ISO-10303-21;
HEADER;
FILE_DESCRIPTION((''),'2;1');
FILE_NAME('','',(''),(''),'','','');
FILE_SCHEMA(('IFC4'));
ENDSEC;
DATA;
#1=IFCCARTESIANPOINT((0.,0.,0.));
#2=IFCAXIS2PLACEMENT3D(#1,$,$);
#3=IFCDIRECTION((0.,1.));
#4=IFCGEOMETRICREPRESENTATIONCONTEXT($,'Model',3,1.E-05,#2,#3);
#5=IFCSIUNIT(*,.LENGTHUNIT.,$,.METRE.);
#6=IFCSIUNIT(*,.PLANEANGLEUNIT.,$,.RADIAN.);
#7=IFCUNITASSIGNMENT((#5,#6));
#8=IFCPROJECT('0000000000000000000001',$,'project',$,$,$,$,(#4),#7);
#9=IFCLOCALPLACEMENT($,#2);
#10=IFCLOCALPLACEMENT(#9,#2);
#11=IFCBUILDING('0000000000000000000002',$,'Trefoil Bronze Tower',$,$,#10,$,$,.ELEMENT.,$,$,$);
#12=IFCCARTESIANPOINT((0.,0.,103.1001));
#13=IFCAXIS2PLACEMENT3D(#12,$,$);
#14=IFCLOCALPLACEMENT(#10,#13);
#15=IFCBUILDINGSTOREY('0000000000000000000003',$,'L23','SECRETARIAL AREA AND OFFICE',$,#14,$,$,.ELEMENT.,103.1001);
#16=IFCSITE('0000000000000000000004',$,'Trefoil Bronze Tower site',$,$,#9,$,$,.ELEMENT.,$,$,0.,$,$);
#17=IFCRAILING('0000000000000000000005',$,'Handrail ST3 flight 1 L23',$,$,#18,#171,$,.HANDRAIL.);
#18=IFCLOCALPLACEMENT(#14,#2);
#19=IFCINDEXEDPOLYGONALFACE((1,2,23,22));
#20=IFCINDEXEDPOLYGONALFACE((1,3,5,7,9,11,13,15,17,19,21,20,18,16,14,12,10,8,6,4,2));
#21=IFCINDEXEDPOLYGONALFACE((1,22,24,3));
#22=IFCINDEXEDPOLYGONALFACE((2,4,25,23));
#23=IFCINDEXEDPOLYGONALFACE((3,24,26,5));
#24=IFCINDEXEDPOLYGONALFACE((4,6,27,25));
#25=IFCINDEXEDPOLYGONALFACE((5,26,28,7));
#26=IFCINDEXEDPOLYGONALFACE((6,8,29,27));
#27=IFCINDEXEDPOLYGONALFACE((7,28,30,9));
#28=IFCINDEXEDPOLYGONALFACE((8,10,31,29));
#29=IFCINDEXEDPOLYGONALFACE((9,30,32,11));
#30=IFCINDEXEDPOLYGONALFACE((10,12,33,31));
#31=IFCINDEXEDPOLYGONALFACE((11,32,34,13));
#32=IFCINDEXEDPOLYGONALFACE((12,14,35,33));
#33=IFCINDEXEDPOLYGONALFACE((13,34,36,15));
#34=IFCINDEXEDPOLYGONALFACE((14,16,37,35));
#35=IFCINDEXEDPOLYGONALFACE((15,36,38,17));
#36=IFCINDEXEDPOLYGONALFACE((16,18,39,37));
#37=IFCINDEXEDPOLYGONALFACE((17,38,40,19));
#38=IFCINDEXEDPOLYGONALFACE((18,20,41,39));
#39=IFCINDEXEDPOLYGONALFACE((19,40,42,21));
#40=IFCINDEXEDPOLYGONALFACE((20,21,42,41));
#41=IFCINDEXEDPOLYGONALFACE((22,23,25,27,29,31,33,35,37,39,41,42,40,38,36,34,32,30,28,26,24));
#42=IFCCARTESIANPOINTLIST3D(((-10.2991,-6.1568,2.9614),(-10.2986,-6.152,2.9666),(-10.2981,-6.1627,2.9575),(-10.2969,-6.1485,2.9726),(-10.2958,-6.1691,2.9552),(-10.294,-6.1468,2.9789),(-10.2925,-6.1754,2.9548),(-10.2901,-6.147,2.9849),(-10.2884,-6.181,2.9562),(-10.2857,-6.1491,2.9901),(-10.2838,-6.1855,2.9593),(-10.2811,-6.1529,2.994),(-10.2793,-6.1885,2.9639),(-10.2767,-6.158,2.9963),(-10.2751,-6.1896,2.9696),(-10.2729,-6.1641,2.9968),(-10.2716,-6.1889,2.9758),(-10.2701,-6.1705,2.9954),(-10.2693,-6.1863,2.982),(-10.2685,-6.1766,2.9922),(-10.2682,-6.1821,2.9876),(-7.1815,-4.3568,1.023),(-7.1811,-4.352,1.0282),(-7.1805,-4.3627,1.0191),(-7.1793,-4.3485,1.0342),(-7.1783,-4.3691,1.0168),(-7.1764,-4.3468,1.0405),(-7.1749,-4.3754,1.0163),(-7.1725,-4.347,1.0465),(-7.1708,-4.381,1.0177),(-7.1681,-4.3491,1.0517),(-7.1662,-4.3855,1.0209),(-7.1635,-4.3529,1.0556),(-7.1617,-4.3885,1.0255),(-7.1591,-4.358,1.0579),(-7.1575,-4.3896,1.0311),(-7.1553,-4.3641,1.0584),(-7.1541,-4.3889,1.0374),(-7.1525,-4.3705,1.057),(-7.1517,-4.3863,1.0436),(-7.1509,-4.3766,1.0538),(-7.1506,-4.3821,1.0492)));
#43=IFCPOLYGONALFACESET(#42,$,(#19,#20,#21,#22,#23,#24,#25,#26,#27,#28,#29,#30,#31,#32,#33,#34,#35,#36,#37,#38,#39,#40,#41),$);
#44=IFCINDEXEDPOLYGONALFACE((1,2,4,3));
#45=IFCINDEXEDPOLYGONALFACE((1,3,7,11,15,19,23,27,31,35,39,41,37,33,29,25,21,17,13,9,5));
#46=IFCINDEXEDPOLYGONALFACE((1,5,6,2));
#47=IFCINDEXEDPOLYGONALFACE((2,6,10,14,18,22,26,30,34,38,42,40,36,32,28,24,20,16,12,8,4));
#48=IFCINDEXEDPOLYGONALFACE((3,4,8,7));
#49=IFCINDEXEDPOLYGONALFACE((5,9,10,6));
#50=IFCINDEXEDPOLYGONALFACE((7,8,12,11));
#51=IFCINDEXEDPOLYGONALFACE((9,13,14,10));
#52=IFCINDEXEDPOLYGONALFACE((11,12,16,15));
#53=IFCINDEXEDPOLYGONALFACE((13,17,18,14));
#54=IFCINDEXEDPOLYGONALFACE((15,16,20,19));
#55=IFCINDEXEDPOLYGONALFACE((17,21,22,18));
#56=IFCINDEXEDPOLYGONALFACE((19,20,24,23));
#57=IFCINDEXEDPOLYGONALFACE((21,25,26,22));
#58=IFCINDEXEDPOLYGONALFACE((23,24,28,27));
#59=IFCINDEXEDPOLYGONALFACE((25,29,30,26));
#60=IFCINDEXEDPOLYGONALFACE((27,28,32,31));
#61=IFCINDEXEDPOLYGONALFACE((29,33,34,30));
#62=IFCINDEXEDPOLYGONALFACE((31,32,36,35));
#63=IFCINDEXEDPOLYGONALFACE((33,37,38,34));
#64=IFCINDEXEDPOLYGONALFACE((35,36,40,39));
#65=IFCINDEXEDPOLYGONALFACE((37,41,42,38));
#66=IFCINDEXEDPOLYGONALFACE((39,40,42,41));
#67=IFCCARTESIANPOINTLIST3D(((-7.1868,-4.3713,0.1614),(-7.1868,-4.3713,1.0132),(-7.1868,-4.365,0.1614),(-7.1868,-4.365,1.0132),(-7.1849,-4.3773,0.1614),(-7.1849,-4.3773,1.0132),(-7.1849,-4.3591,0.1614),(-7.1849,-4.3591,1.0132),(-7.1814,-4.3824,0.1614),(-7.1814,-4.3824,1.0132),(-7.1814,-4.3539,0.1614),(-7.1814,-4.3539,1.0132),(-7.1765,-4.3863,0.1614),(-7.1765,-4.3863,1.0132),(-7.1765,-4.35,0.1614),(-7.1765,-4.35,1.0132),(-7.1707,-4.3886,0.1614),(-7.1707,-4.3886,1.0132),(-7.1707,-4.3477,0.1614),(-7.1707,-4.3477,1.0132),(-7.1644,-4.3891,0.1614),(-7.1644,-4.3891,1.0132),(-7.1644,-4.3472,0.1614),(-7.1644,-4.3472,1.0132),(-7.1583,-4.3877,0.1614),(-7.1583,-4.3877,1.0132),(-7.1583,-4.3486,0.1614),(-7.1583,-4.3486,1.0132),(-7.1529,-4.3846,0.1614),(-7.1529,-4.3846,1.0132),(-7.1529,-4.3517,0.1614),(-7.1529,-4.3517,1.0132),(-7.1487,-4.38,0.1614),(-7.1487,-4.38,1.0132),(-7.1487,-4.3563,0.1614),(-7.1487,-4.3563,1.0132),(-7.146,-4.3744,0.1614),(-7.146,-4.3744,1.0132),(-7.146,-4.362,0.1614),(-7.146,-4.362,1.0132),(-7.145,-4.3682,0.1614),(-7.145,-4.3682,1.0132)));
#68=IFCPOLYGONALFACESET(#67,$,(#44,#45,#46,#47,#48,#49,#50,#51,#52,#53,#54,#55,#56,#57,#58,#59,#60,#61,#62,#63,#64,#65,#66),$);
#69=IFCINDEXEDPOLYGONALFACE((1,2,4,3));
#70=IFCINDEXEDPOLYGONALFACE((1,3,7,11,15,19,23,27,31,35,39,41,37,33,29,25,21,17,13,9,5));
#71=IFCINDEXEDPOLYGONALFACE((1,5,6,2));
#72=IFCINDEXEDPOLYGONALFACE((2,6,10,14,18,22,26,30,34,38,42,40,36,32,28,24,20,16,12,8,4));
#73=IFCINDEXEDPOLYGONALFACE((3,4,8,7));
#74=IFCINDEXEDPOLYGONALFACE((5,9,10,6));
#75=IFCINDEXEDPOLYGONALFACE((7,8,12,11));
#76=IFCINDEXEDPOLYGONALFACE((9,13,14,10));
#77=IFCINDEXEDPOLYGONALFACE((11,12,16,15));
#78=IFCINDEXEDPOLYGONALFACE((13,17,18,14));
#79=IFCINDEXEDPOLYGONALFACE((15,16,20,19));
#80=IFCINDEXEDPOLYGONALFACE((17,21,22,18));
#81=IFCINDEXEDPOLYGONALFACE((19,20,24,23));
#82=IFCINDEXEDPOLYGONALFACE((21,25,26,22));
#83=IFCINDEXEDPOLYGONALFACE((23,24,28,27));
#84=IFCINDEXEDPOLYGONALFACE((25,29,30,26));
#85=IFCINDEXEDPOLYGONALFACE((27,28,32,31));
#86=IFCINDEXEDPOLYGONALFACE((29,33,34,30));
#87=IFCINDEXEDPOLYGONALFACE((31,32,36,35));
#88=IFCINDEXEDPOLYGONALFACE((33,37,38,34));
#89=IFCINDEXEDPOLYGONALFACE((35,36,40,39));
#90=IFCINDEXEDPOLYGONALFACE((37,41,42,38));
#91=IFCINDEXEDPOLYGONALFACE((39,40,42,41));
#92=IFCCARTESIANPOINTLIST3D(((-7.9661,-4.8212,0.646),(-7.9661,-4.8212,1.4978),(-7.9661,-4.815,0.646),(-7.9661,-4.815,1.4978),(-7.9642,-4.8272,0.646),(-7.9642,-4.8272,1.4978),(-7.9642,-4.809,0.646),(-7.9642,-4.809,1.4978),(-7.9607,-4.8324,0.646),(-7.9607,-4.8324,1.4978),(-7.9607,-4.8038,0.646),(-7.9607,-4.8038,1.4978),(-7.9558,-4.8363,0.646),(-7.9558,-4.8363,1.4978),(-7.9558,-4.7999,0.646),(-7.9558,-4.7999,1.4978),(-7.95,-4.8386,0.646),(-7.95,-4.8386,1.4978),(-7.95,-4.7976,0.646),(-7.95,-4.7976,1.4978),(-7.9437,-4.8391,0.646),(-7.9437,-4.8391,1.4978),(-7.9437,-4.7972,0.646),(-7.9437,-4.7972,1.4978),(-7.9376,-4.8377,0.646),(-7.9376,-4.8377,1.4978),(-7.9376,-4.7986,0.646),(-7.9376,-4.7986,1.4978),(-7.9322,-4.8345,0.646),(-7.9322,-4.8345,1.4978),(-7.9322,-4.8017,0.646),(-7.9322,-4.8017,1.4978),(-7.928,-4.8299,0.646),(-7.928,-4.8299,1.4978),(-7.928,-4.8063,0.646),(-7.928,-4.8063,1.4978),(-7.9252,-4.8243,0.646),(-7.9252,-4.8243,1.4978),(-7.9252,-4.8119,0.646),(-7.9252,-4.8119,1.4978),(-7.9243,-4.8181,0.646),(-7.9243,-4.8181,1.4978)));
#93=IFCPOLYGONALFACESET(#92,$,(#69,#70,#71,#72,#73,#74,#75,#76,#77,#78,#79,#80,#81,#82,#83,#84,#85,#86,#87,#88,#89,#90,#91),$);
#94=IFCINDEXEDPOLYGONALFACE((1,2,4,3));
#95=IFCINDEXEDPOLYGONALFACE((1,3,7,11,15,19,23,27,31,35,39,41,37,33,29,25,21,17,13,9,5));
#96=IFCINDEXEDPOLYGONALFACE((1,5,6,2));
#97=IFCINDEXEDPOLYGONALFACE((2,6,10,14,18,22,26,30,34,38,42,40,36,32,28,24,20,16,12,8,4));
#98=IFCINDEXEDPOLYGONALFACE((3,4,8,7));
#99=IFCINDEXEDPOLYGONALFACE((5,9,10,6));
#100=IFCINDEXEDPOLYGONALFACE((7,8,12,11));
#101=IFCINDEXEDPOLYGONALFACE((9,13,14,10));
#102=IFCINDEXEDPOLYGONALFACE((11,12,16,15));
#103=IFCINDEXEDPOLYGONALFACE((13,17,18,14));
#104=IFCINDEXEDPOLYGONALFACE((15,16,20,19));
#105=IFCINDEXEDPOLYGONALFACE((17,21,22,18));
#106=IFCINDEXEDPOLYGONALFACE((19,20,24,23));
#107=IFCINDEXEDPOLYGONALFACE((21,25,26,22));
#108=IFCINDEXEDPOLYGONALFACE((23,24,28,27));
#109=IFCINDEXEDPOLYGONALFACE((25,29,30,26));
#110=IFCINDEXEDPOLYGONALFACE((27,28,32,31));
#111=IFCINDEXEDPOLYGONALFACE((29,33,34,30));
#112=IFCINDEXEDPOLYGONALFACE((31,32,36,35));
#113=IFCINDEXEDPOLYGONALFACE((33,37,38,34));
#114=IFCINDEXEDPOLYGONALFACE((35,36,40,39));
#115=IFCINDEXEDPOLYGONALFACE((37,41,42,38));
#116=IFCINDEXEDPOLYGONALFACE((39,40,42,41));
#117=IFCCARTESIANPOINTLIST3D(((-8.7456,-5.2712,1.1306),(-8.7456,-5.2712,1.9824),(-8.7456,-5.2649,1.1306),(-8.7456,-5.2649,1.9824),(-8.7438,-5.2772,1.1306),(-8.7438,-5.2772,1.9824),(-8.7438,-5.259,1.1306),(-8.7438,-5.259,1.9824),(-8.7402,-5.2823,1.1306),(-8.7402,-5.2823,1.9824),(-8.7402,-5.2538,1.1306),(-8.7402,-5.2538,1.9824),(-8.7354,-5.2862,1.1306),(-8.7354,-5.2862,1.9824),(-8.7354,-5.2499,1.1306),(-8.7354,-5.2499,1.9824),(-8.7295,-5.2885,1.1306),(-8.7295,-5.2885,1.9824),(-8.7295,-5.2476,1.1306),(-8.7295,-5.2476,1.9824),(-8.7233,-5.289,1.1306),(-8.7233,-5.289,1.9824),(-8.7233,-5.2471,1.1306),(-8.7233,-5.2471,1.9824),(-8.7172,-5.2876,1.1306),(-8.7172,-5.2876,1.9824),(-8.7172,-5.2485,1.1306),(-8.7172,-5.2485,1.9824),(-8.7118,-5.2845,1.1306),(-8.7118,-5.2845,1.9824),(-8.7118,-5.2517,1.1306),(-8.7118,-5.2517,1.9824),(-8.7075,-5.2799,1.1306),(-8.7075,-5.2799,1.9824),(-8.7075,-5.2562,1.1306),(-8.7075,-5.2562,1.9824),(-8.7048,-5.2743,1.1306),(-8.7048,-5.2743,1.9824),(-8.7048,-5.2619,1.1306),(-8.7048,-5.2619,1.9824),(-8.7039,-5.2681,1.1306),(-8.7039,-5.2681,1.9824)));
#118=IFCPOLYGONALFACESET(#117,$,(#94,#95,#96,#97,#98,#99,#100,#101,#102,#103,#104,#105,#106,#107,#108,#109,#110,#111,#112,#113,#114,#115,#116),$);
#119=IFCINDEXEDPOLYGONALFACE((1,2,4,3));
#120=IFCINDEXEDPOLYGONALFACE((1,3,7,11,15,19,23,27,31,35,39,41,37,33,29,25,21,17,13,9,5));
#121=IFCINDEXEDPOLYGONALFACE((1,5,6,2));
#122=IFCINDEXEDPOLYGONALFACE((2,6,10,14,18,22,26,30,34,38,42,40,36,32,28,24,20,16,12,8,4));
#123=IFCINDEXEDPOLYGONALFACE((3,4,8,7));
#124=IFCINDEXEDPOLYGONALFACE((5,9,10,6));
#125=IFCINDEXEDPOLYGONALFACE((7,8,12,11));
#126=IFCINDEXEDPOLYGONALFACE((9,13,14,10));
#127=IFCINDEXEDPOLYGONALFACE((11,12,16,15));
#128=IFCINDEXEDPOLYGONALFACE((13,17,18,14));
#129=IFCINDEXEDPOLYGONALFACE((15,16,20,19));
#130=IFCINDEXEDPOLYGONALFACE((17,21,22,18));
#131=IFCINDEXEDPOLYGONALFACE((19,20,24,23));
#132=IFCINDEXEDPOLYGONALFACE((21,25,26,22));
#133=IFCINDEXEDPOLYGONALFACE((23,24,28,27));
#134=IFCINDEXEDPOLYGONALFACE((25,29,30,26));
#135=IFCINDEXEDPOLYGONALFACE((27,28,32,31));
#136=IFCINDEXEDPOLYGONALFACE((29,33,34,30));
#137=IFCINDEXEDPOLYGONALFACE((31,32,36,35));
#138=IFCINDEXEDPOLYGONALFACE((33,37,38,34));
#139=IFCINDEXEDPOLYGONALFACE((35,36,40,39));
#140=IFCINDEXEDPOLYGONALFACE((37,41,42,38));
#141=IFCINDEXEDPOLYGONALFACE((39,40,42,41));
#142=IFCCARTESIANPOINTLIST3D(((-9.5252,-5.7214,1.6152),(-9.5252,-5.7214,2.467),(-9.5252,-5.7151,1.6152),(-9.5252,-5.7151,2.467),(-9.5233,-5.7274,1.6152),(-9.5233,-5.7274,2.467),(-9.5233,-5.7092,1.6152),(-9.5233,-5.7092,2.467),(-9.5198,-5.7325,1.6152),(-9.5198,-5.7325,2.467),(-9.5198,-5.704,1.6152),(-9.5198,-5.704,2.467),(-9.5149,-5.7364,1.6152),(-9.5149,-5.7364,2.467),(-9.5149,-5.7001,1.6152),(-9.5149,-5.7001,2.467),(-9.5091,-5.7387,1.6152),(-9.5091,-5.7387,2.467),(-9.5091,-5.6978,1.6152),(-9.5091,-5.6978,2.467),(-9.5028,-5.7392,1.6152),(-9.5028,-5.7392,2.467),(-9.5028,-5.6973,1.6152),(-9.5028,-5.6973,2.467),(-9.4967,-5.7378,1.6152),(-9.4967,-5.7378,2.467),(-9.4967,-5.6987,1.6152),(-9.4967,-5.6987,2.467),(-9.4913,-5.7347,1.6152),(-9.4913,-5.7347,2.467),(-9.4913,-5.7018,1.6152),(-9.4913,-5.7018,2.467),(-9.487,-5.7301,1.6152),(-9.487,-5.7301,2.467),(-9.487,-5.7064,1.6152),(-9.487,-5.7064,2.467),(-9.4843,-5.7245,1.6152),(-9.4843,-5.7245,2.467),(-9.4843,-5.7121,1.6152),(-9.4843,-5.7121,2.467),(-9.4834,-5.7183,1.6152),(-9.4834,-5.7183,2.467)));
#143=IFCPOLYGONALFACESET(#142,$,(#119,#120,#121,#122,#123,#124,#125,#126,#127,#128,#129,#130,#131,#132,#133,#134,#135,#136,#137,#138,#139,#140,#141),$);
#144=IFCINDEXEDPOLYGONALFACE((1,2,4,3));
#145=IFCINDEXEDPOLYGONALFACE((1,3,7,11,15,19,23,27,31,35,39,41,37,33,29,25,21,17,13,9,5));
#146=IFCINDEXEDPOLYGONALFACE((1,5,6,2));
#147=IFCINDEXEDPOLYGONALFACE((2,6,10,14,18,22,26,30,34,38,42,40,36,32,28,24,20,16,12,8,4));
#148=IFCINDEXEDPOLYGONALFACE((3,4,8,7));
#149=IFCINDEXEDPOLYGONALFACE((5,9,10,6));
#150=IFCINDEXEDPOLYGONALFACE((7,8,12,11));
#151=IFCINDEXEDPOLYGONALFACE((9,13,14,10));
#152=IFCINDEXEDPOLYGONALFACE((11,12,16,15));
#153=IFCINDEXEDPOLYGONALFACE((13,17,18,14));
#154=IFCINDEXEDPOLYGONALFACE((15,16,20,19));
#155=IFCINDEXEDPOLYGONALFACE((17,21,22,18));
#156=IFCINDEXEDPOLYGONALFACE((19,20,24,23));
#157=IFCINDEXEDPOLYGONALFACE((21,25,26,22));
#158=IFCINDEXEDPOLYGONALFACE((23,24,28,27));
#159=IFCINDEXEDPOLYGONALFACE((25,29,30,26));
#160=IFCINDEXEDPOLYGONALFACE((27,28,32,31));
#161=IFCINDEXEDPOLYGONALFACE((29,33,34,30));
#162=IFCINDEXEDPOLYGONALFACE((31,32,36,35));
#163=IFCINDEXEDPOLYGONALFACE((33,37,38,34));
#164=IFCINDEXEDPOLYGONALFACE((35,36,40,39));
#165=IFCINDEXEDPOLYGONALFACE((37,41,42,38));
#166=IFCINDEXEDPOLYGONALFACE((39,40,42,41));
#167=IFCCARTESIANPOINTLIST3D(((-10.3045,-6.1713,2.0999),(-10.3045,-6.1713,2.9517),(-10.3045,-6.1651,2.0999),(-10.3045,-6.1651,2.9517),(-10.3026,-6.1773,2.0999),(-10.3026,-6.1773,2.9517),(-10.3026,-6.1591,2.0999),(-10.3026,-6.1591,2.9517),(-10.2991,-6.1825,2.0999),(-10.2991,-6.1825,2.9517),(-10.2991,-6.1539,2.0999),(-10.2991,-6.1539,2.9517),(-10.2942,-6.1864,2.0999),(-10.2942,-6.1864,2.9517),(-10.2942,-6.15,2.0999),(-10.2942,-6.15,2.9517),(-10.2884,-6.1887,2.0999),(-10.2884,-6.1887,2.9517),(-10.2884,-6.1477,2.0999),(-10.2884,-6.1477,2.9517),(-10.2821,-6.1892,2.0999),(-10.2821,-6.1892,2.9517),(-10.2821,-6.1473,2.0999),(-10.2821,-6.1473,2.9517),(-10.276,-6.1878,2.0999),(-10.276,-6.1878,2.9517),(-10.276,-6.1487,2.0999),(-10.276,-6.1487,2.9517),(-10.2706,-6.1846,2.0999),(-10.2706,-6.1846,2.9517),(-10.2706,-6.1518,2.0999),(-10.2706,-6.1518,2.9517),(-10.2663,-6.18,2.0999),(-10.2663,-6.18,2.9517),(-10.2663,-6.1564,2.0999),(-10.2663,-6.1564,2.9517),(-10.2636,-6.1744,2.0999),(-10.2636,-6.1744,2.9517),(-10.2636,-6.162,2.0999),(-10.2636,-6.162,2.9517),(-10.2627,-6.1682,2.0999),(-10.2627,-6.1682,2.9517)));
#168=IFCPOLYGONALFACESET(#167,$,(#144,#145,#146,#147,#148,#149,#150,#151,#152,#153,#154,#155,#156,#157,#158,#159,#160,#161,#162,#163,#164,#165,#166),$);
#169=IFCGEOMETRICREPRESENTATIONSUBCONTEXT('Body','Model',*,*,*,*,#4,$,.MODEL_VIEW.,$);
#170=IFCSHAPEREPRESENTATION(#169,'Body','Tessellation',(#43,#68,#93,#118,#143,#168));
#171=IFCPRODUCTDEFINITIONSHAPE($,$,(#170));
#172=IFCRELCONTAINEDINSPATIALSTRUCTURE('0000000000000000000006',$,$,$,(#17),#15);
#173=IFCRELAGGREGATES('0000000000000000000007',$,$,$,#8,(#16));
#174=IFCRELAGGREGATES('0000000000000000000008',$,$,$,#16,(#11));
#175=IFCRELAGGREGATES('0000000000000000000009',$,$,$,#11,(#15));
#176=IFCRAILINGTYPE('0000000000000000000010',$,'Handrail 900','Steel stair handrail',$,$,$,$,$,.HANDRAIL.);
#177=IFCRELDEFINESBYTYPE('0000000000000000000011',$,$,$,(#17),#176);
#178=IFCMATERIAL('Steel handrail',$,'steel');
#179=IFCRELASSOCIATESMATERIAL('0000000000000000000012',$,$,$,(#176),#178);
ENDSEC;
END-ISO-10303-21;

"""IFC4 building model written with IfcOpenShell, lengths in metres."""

from ifc_helpers import new_model, si_unit, direction, frame, origin, origin_2d, place, context, subcontext, project, spatial, circle, extrude, material, type_object, element, save


model = new_model("IFC4")

# Units and contexts
model_context = context("Model", 3, precision=1e-05, world=origin(), true_north=direction((0.0, 1.0)))
body_context = subcontext(model_context, "Body", "Model", "MODEL_VIEW")
ifc_project = project(units=[si_unit("LENGTHUNIT", "METRE"), si_unit("PLANEANGLEUNIT", "RADIAN")], contexts=[model_context])

# Site, building, storey
site_placement = place(None, origin())
site = spatial("IfcSite", under=ifc_project, at=site_placement, Name="Trefoil Bronze Tower site", CompositionType="ELEMENT", RefElevation=0.0)
building_placement = place(site_placement, origin())
building = spatial("IfcBuilding", under=site, at=building_placement, Name="Trefoil Bronze Tower", CompositionType="ELEMENT")
storey_placement = place(building_placement, frame((0.0, 0.0, 103.1001)))
storey = spatial("IfcBuildingStorey", under=building, at=storey_placement, Name="L23", Description="SECRETARIAL AREA AND OFFICE", CompositionType="ELEMENT", Elevation=103.1001)

# Railing
ifc_material_1 = material(Name="Steel handrail", Category="steel")
railing_type = type_object("IfcRailingType", Name="Handrail 900", Description="Steel stair handrail", PredefinedType="HANDRAIL", material=ifc_material_1)
railing_1_placement = place(storey_placement, frame((-7.166, -4.3682, 0.1614)))
element("IfcRailing", 1, at=railing_1_placement, inside=storey, type_object=railing_type, Name="Handrail ST3 flight 1 L23", PredefinedType="HANDRAIL", context=body_context, shape_type="SweptSolid", body=[
    extrude(circle(Radius=0.0239, at=origin_2d()), frame((0.0, 0.0, 0.876), z_axis=(-0.762503, -0.440246, 0.474102), x_axis=(0.500012, -0.866018, 0.0)), (0.0, 0.0, 1.0), 4.0886),
    extrude(circle(Radius=0.021, at=origin_2d()), origin(), (0.0, 0.0, 1.0), 0.8518),
    extrude(circle(Radius=0.021, at=origin_2d()), frame((-0.7793, -0.45, 0.4846)), (0.0, 0.0, 1.0), 0.8518),
    extrude(circle(Radius=0.021, at=origin_2d()), frame((-1.5588, -0.8999, 0.9692)), (0.0, 0.0, 1.0), 0.8518),
    extrude(circle(Radius=0.021, at=origin_2d()), frame((-2.3384, -1.3501, 1.4539)), (0.0, 0.0, 1.0), 0.8518),
    extrude(circle(Radius=0.021, at=origin_2d()), frame((-3.1177, -1.8, 1.9385)), (0.0, 0.0, 1.0), 0.8518),
])

save(model, "model.ifc")
